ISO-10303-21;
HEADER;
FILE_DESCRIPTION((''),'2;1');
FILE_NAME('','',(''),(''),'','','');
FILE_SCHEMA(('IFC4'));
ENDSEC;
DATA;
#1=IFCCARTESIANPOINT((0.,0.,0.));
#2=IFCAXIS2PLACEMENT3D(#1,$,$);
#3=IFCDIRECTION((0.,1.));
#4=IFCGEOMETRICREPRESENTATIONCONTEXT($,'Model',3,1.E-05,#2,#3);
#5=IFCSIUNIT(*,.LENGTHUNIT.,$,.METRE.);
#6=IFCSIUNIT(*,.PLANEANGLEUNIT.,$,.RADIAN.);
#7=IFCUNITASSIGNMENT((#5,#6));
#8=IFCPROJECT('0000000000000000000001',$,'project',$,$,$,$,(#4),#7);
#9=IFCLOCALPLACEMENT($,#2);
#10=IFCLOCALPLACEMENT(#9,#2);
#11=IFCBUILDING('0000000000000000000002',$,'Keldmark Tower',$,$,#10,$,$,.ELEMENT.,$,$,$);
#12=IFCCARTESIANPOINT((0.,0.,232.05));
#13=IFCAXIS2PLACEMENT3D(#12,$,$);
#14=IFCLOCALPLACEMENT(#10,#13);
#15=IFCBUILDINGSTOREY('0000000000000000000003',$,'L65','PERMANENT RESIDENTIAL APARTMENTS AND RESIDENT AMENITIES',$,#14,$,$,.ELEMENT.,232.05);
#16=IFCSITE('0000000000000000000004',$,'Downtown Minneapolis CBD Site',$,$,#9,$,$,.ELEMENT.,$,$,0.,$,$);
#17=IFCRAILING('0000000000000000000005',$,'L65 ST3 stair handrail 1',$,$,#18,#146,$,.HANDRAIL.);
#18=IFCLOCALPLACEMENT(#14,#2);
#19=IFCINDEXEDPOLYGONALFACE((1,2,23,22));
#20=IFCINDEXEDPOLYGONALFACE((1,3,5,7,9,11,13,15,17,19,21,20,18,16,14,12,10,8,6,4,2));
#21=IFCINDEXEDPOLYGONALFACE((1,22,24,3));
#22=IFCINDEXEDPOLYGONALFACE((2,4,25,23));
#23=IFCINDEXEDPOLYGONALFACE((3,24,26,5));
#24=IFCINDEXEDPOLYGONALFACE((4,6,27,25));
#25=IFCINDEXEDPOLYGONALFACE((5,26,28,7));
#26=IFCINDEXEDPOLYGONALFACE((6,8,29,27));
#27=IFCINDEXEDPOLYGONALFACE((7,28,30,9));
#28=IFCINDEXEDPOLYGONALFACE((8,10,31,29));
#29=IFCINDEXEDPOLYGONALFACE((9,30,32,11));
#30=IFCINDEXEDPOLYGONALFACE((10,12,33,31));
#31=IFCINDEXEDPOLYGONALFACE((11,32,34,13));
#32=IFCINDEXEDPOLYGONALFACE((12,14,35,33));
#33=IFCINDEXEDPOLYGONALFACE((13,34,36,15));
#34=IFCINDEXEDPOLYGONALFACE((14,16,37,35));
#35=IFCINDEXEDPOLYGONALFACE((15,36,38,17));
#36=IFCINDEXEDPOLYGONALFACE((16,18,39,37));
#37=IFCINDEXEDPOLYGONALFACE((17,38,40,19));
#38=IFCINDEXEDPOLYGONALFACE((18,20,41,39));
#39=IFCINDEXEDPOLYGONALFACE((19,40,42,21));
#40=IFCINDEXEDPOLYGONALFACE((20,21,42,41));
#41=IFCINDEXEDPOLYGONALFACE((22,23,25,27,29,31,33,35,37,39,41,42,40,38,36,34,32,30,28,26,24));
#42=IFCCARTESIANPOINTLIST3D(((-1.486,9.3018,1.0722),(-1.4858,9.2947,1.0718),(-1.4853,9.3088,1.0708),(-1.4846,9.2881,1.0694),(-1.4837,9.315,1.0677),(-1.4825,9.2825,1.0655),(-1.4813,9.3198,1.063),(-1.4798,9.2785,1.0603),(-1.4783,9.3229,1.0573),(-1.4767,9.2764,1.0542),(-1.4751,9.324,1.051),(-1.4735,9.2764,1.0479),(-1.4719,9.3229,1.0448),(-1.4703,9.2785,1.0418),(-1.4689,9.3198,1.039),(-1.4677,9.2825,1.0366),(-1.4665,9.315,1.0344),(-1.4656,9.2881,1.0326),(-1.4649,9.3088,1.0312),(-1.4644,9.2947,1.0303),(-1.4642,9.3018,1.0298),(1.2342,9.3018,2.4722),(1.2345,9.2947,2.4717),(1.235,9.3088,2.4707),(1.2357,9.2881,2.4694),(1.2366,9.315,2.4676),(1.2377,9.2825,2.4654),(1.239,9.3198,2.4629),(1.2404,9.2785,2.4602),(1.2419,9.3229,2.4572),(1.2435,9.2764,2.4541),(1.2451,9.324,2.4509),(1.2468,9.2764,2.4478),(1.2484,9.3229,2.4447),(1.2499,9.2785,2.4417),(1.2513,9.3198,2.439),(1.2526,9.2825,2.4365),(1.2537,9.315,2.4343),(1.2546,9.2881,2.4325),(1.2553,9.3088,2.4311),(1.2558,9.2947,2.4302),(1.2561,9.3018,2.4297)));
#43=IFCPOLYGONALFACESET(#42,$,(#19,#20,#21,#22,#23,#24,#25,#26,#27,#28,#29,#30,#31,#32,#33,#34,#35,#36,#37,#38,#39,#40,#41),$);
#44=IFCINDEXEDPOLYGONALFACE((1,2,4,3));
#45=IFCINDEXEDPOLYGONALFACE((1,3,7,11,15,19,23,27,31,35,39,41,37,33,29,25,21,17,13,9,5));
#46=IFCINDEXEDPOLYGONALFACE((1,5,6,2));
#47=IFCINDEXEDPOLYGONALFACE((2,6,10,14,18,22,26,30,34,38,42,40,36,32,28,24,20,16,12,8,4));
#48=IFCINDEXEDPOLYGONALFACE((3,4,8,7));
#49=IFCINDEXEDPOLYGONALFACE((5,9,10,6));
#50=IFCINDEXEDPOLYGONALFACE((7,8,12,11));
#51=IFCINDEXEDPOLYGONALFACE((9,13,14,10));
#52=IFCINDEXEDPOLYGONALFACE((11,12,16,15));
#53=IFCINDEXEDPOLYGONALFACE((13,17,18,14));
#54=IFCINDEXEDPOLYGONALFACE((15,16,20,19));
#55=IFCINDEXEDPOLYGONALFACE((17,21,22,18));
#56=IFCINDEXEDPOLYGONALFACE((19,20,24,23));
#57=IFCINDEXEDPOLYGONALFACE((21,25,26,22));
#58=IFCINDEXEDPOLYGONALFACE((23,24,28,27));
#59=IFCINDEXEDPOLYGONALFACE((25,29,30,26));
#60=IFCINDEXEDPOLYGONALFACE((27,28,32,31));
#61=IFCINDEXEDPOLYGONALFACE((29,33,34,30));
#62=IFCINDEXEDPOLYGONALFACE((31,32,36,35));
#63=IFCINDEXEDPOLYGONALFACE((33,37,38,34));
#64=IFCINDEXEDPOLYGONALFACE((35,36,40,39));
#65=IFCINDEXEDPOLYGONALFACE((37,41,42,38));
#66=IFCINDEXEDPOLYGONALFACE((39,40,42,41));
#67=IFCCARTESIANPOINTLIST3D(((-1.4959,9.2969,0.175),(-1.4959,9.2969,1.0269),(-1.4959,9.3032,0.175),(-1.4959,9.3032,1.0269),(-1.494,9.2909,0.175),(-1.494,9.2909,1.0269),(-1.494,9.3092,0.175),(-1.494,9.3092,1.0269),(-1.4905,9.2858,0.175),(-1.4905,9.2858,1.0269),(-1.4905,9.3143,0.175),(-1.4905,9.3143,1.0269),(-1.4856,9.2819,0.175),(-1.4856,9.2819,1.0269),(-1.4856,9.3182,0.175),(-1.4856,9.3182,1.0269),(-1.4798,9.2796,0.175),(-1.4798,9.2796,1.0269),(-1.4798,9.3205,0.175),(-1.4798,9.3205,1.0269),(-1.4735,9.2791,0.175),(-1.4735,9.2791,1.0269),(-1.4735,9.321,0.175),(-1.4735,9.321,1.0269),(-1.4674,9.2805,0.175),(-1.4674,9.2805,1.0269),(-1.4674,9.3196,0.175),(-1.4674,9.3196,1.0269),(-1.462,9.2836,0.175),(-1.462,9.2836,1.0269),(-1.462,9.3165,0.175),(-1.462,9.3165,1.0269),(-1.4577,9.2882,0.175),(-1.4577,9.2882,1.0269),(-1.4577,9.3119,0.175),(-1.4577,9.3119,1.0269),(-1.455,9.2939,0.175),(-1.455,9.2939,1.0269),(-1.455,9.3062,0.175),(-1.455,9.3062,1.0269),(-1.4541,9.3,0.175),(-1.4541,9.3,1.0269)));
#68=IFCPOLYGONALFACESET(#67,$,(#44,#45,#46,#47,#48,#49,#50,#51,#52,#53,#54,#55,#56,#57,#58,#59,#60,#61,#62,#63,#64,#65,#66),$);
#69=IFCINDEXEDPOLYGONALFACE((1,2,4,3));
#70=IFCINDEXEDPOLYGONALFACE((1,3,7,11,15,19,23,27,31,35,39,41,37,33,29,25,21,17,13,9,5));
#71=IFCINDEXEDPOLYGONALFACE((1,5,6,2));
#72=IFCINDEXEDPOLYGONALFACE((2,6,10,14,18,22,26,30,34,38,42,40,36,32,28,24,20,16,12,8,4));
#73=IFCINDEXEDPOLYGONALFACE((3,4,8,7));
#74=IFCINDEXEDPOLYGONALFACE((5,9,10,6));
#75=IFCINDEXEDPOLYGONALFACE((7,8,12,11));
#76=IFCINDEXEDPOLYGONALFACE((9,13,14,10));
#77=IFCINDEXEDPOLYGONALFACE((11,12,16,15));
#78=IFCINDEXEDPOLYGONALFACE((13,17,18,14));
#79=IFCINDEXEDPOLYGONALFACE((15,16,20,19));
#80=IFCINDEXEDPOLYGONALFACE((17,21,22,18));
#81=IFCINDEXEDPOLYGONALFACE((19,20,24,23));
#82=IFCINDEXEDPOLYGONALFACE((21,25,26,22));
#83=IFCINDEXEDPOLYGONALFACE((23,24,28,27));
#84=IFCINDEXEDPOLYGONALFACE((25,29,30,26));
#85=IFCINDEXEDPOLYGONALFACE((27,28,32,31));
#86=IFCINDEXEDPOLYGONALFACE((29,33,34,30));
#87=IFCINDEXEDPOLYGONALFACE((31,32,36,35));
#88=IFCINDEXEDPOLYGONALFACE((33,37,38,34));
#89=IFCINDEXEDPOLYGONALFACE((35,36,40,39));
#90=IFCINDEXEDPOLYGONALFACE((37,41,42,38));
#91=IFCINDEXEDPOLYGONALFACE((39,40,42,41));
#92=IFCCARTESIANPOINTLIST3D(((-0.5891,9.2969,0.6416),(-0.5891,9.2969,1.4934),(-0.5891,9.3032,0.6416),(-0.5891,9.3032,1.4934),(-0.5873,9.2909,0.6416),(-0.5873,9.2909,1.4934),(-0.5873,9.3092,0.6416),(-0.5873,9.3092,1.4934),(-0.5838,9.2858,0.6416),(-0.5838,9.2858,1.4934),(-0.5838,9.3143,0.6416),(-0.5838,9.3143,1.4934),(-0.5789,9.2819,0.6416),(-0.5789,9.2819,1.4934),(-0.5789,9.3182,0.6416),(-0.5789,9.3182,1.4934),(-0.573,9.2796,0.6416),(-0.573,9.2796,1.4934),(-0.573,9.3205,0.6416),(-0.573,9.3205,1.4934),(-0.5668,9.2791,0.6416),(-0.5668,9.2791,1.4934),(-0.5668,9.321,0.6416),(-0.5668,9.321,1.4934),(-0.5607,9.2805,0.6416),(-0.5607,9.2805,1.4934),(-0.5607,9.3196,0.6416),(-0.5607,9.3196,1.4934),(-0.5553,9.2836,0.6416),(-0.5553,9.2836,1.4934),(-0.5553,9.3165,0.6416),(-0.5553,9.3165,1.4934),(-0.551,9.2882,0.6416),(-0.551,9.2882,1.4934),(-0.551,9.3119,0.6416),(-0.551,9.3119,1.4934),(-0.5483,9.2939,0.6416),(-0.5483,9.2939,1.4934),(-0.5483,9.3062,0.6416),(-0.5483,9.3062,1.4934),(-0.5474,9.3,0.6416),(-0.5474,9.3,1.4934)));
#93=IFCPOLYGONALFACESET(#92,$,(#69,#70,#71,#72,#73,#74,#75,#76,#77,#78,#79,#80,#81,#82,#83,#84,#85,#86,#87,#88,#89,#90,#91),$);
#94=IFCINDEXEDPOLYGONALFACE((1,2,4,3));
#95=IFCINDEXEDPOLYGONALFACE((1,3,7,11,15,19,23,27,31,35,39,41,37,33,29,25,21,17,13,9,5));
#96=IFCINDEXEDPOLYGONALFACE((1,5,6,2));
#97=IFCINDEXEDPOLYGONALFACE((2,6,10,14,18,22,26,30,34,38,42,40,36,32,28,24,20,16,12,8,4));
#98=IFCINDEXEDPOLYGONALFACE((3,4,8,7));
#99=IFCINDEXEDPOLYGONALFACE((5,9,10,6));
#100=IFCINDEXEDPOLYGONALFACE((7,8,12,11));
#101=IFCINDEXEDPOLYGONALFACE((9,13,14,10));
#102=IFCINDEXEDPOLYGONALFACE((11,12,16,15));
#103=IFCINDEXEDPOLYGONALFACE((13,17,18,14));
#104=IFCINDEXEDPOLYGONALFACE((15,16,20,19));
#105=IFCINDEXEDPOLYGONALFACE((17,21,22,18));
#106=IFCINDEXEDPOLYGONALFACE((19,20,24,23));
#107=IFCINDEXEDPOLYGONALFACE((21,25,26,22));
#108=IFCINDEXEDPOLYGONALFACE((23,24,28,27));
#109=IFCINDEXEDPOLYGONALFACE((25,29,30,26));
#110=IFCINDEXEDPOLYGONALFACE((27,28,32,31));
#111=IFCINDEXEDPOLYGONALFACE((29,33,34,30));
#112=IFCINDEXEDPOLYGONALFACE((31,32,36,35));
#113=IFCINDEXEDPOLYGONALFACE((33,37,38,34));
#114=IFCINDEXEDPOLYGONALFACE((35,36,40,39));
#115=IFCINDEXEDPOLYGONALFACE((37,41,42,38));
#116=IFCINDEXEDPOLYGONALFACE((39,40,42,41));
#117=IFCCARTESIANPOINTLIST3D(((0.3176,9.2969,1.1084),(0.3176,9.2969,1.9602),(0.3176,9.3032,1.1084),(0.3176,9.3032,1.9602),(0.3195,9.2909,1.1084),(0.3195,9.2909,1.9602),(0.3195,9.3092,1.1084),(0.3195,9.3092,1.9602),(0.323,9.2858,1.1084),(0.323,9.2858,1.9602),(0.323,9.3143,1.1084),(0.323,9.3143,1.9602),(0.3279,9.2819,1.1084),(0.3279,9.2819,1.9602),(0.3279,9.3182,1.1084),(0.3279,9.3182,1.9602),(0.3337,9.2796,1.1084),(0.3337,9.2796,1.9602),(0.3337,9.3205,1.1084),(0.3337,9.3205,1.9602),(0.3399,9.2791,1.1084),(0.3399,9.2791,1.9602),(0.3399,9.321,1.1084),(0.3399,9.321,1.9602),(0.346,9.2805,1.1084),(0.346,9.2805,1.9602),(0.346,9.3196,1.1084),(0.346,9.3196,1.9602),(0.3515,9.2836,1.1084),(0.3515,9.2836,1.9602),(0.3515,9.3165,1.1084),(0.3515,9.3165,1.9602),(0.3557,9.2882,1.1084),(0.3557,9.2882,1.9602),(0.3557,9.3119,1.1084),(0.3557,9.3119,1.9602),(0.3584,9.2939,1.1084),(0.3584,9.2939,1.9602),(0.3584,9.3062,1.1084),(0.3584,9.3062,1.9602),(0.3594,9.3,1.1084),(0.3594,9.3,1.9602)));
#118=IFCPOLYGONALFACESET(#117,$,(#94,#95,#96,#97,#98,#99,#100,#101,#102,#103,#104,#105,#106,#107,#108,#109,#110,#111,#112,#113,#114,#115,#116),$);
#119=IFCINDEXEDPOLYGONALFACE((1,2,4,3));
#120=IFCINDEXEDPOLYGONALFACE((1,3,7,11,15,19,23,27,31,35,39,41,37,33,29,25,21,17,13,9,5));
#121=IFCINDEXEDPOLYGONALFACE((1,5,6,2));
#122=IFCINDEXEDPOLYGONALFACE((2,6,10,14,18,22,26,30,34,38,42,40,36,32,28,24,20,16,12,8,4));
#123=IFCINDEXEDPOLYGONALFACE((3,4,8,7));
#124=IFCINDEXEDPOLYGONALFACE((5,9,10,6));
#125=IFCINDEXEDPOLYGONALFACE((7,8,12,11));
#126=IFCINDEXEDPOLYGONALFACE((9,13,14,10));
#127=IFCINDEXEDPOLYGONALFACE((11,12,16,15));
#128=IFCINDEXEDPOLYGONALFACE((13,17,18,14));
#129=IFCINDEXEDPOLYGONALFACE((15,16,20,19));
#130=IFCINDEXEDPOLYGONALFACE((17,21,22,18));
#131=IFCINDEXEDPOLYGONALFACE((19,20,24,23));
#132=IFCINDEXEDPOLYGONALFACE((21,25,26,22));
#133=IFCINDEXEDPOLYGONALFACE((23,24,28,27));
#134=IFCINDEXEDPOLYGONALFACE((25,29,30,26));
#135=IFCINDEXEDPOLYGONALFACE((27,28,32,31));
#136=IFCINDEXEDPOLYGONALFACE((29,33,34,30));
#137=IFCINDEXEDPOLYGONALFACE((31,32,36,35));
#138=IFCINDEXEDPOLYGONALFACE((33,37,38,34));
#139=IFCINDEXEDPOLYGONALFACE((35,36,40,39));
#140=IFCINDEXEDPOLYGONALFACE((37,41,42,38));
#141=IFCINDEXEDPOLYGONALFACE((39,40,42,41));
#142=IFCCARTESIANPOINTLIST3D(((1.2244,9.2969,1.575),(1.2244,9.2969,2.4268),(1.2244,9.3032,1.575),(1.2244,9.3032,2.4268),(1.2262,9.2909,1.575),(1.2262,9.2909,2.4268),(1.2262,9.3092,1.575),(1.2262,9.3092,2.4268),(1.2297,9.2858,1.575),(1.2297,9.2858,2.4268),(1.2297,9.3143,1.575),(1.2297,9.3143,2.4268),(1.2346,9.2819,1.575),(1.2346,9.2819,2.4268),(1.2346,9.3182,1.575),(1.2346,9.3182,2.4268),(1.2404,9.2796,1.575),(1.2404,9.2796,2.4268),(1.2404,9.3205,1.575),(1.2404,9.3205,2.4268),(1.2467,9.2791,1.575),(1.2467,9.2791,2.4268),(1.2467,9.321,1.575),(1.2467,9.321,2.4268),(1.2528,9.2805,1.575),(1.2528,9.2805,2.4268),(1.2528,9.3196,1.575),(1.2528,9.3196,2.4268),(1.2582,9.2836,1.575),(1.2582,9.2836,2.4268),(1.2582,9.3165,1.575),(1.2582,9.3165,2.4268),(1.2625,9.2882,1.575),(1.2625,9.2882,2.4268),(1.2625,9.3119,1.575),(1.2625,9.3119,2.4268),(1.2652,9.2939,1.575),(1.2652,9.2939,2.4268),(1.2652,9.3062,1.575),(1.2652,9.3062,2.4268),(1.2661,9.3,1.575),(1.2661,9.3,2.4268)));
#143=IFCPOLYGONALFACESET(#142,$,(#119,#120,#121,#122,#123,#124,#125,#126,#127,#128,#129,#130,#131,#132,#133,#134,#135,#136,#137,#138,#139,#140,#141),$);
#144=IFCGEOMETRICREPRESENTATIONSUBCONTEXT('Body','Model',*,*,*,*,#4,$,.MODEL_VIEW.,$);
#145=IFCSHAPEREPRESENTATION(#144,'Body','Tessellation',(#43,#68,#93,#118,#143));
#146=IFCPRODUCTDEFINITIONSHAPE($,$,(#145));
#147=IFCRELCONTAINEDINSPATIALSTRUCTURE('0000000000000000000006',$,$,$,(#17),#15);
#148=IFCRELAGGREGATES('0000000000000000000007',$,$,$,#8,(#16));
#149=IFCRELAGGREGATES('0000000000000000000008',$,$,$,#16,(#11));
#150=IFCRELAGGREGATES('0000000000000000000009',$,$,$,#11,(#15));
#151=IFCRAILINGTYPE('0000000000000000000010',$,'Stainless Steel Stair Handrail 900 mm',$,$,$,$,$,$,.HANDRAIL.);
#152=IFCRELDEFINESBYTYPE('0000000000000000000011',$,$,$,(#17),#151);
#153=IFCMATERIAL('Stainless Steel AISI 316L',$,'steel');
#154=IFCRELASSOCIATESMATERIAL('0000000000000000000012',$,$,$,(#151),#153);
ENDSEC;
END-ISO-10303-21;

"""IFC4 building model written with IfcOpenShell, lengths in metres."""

from ifc_helpers import new_model, si_unit, direction, frame, origin, origin_2d, place, context, subcontext, project, spatial, circle, extrude, material, type_object, element, save


model = new_model("IFC4")

# Units and contexts
model_context = context("Model", 3, precision=1e-05, world=origin(), true_north=direction((0.0, 1.0)))
body_context = subcontext(model_context, "Body", "Model", "MODEL_VIEW")
ifc_project = project(units=[si_unit("LENGTHUNIT", "METRE"), si_unit("PLANEANGLEUNIT", "RADIAN")], contexts=[model_context])

# Site, building, storey
site_placement = place(None, origin())
site = spatial("IfcSite", under=ifc_project, at=site_placement, Name="Downtown Minneapolis CBD Site", CompositionType="ELEMENT", RefElevation=0.0)
building_placement = place(site_placement, origin())
building = spatial("IfcBuilding", under=site, at=building_placement, Name="Keldmark Tower", CompositionType="ELEMENT")
storey_placement = place(building_placement, frame((0.0, 0.0, 232.05)))
storey = spatial("IfcBuildingStorey", under=building, at=storey_placement, Name="L65", Description="PERMANENT RESIDENTIAL APARTMENTS AND RESIDENT AMENITIES", CompositionType="ELEMENT", Elevation=232.05)

# Railing
ifc_material_1 = material(Name="Stainless Steel AISI 316L", Category="steel")
railing_type_1 = type_object("IfcRailingType", Name="Stainless Steel Stair Handrail 900 mm", PredefinedType="HANDRAIL", material=ifc_material_1)
railing_1_placement = place(storey_placement, frame((-1.4751, 9.3, 0.175)))
element("IfcRailing", 1, at=railing_1_placement, inside=storey, type_object=railing_type_1, Name="L65 ST3 stair handrail 1", PredefinedType="HANDRAIL", context=body_context, shape_type="SweptSolid", body=[
    extrude(circle(Radius=0.0239, at=origin_2d()), frame((0.0, 0.0, 0.876), z_axis=(0.889164, 0.0, 0.45759), x_axis=(0.0, 1.0, 0.0)), (0.0, 0.0, 1.0), 3.0593),
    extrude(circle(Radius=0.021, at=origin_2d()), origin(), (0.0, 0.0, 1.0), 0.8518),
    extrude(circle(Radius=0.021, at=origin_2d()), frame((0.9067, 0.0, 0.4666)), (0.0, 0.0, 1.0), 0.8518),
    extrude(circle(Radius=0.021, at=origin_2d()), frame((1.8135, 0.0, 0.9333)), (0.0, 0.0, 1.0), 0.8518),
    extrude(circle(Radius=0.021, at=origin_2d()), frame((2.7202, 0.0, 1.3999)), (0.0, 0.0, 1.0), 0.8518),
])

save(model, "model.ifc")
